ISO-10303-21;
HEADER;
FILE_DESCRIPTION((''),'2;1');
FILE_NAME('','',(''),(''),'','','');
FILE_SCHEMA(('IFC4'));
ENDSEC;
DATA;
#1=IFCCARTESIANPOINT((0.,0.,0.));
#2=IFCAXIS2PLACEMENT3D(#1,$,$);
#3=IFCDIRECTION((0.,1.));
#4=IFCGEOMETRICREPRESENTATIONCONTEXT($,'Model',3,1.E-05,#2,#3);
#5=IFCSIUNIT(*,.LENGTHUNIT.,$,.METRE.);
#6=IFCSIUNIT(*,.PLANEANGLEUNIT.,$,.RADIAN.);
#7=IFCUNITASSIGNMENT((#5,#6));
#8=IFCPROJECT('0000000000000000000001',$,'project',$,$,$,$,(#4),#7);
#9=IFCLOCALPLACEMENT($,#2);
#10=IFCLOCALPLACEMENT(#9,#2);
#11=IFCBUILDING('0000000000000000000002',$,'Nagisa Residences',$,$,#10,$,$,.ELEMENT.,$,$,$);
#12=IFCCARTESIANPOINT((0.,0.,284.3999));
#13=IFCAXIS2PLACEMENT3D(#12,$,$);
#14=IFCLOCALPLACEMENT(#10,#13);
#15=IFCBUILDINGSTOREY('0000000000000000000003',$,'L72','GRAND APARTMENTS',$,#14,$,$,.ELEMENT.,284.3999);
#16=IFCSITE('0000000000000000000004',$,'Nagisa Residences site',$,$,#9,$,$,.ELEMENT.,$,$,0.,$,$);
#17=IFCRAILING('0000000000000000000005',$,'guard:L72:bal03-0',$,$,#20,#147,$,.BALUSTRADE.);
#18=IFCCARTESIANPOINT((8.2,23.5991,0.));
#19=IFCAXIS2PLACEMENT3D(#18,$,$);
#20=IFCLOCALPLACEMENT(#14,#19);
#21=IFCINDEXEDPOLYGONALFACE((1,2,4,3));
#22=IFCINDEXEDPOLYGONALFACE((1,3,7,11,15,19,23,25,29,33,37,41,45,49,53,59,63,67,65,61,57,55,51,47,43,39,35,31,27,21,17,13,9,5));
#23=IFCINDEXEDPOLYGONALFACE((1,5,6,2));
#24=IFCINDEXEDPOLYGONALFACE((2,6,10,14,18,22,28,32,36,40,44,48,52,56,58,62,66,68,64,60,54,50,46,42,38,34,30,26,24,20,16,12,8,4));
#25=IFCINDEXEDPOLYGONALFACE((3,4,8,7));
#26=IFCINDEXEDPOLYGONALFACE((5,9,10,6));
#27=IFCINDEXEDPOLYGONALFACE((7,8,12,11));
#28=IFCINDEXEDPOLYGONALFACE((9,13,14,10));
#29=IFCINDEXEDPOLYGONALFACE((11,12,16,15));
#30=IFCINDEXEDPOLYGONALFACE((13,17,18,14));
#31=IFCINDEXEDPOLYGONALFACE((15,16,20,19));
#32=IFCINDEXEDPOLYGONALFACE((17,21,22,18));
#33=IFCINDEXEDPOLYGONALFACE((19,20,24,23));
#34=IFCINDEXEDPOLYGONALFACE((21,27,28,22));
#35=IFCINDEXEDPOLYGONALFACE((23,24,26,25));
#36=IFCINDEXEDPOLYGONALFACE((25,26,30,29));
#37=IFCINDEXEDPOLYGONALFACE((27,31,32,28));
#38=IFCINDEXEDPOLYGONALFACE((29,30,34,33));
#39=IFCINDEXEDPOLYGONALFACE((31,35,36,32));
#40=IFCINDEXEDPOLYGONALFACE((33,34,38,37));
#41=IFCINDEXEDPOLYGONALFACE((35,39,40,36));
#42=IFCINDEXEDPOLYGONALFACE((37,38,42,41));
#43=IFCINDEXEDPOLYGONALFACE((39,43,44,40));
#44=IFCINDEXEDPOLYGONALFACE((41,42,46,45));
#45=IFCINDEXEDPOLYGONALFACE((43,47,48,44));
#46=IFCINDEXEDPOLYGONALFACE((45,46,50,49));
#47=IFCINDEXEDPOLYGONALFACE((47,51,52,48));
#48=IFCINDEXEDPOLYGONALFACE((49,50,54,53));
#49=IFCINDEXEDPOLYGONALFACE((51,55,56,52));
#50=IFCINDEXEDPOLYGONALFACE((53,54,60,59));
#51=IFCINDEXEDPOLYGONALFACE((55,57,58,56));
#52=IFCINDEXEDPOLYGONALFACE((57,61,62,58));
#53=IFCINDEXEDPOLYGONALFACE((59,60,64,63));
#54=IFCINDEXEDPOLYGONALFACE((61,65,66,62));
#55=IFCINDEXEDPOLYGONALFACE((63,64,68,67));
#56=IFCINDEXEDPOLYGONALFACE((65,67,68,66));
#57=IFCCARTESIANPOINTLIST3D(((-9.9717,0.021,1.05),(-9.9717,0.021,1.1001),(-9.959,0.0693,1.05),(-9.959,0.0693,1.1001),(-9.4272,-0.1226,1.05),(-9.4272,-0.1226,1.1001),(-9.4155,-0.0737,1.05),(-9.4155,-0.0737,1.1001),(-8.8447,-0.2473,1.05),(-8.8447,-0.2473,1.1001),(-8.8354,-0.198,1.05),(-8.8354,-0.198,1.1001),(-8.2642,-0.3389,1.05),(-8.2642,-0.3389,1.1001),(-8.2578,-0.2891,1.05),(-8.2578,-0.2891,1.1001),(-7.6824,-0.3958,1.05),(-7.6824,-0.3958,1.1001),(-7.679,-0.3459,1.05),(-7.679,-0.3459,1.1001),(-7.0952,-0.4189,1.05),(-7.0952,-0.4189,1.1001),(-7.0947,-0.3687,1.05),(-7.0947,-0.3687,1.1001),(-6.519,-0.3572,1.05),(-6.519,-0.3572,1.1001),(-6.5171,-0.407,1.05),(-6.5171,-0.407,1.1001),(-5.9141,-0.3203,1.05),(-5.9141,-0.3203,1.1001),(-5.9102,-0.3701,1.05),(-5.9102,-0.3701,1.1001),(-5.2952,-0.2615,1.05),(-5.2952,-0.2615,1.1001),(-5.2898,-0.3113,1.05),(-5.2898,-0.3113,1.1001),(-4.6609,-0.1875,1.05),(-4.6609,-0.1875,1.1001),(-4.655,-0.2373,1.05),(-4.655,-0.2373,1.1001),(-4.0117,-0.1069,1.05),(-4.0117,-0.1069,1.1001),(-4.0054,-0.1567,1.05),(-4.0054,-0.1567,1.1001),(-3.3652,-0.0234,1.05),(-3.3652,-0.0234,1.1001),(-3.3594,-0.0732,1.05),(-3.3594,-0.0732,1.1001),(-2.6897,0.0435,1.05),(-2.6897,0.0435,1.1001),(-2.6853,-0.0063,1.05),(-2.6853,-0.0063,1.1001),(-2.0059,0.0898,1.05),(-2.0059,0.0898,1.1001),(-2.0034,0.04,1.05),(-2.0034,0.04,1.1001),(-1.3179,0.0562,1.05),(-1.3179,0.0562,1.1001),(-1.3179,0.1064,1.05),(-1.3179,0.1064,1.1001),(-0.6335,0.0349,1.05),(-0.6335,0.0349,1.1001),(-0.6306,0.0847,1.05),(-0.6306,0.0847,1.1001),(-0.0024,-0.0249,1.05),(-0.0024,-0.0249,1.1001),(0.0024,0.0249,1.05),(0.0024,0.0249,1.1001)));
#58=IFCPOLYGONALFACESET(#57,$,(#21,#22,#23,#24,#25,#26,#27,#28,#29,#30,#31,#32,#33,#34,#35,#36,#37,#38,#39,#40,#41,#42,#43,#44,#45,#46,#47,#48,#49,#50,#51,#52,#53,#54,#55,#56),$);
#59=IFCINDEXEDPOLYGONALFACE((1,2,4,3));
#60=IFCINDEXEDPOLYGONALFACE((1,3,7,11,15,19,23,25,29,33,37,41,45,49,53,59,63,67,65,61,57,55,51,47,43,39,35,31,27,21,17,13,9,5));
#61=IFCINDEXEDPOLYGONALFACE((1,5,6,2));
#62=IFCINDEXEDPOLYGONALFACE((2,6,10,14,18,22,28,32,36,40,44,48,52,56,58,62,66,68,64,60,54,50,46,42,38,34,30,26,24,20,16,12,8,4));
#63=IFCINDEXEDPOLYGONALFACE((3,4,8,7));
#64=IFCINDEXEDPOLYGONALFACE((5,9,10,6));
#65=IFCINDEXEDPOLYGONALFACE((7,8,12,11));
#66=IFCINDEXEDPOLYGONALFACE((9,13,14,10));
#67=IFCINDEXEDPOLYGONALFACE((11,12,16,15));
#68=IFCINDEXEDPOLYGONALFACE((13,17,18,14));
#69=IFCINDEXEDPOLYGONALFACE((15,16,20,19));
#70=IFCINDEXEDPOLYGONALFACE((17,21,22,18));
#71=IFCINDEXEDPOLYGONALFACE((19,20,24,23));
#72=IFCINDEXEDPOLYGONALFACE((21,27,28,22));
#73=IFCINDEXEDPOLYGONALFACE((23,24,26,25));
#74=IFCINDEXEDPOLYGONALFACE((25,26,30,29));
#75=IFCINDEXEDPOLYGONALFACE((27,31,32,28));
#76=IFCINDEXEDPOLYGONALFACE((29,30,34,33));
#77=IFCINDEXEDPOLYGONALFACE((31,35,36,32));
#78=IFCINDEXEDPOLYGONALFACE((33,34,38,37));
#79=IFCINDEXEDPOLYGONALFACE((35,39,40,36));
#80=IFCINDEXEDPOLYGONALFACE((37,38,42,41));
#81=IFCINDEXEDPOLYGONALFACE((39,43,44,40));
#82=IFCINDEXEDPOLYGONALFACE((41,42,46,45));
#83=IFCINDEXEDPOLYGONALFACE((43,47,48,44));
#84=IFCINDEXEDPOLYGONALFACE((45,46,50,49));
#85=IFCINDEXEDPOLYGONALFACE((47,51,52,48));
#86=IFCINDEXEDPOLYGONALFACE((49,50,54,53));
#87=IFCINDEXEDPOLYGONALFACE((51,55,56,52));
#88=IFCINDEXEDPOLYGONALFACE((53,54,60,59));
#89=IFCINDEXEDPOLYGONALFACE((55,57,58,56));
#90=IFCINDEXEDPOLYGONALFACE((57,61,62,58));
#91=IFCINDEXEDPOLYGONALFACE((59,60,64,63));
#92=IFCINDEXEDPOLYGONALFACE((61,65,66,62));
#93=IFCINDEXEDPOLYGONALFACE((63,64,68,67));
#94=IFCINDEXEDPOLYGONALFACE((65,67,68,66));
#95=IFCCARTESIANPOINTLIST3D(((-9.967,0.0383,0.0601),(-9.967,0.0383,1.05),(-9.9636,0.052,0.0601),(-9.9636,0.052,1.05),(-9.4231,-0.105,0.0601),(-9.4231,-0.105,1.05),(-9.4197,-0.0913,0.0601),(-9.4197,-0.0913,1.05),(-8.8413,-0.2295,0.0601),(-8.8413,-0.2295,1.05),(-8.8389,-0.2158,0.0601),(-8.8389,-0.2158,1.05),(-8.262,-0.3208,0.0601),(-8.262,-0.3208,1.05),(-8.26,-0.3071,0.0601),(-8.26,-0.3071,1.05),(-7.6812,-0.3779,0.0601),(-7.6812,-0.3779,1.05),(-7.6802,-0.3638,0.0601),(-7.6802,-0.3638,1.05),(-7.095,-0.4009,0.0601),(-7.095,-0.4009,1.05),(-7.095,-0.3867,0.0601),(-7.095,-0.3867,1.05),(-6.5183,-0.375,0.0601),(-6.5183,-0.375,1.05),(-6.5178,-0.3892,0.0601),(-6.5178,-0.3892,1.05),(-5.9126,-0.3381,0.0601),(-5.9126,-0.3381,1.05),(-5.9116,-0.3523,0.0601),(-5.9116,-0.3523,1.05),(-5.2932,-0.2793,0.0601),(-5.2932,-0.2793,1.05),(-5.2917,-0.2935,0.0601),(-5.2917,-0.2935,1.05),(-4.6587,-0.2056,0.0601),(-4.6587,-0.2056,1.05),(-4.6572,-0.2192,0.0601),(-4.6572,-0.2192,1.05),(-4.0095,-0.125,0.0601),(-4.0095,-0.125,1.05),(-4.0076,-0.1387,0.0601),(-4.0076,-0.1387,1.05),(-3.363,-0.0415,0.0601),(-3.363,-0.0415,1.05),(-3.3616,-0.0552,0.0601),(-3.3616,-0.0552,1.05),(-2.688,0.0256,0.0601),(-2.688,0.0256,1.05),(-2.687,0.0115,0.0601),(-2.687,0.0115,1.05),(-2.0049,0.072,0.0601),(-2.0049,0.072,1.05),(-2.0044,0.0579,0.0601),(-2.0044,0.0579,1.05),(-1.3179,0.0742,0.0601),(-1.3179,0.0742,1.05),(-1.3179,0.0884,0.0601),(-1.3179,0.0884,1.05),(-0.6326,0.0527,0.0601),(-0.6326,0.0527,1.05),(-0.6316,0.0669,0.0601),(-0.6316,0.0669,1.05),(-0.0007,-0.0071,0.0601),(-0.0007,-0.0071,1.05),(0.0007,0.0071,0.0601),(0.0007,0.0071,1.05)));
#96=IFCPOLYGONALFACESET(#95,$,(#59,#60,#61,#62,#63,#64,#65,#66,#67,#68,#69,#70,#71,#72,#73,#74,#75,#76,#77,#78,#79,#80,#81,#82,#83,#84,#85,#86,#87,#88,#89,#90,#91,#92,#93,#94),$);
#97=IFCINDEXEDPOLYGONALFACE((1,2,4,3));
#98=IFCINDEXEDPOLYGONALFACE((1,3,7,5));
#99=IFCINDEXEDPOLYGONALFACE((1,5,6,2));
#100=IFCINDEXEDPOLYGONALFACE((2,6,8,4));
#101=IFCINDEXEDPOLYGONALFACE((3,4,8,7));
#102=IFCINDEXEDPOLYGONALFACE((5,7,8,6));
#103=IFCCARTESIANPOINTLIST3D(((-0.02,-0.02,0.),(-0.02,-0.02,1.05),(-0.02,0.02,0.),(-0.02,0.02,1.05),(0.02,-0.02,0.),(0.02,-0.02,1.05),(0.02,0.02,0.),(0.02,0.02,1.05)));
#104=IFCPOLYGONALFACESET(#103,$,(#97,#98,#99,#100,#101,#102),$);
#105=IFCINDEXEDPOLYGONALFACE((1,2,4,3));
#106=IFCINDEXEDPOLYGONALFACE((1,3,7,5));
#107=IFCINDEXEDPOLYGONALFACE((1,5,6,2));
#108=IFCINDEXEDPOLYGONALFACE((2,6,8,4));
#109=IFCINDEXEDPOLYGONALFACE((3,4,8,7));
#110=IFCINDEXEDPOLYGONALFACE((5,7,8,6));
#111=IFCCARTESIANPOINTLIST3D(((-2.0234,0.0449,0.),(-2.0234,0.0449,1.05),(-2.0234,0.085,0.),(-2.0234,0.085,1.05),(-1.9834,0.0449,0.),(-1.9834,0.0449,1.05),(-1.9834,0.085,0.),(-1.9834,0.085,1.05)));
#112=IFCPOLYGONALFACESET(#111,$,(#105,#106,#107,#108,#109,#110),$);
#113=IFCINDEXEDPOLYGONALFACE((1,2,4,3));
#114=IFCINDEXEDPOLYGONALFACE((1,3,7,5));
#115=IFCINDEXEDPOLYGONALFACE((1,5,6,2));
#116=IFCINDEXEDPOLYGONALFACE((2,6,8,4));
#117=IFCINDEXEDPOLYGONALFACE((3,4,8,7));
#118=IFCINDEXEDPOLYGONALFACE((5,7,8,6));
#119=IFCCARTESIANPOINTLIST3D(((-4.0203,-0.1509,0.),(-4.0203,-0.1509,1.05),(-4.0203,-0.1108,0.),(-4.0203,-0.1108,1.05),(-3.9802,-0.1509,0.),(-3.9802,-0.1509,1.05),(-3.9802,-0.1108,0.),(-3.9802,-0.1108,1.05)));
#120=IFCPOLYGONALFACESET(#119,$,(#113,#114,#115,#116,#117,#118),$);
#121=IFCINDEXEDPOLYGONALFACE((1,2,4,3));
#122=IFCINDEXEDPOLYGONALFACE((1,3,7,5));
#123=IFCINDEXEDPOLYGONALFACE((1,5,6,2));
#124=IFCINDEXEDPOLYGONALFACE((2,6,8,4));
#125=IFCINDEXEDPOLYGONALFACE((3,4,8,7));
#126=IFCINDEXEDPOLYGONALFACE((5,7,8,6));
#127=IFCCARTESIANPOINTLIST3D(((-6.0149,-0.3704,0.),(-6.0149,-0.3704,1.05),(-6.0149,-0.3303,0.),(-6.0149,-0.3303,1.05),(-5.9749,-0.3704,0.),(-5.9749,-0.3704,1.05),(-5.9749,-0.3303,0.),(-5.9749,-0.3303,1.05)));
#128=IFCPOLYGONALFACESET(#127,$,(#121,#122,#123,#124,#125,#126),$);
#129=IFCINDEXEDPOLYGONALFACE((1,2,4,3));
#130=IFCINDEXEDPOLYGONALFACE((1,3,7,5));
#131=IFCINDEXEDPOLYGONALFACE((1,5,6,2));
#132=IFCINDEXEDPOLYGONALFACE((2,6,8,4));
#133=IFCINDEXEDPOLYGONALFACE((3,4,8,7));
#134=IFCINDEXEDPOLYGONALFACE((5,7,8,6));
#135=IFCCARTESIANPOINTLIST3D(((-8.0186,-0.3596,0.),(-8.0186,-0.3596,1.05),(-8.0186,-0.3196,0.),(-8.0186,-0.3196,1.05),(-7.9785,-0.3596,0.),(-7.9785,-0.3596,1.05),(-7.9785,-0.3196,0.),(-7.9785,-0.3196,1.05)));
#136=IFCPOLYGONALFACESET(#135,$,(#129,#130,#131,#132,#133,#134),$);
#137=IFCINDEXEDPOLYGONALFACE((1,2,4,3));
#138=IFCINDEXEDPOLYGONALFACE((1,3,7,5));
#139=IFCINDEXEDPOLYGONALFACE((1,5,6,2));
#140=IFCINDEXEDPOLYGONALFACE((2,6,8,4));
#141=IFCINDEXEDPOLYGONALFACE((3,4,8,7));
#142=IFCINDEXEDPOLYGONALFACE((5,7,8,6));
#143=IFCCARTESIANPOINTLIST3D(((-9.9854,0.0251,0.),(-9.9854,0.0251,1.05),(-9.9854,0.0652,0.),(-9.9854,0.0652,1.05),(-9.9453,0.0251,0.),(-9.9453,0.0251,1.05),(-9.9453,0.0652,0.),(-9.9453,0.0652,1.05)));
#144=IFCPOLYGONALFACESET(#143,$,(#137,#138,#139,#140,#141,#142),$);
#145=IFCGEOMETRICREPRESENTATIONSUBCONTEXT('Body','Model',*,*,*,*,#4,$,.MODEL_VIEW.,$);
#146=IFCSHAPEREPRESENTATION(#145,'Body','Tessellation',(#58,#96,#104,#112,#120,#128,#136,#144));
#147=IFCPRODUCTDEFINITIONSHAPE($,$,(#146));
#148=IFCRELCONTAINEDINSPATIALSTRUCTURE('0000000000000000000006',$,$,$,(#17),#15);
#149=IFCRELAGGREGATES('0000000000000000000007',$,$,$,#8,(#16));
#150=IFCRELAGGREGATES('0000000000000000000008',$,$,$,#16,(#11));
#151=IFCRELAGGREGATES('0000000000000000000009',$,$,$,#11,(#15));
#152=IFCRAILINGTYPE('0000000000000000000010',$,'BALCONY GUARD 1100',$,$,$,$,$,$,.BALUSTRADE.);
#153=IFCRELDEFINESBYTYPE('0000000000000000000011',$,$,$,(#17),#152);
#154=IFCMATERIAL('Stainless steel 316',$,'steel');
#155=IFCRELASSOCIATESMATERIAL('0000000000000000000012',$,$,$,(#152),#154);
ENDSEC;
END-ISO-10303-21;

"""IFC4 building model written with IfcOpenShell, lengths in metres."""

from ifc_helpers import new_model, si_unit, direction, frame, origin, origin_2d, place, context, subcontext, project, spatial, polyline, rectangle, outline, extrude, material, type_object, element, save


model = new_model("IFC4")

# Units and contexts
model_context = context("Model", 3, precision=1e-05, world=origin(), true_north=direction((0.0, 1.0)))
body_context = subcontext(model_context, "Body", "Model", "MODEL_VIEW")
ifc_project = project(units=[si_unit("LENGTHUNIT", "METRE"), si_unit("PLANEANGLEUNIT", "RADIAN")], contexts=[model_context])

# Site, building, storey
site_placement = place(None, origin())
site = spatial("IfcSite", under=ifc_project, at=site_placement, Name="Nagisa Residences site", CompositionType="ELEMENT", RefElevation=0.0)
building_placement = place(site_placement, origin())
building = spatial("IfcBuilding", under=site, at=building_placement, Name="Nagisa Residences", CompositionType="ELEMENT")
storey_placement = place(building_placement, frame((0.0, 0.0, 284.3999)))
storey = spatial("IfcBuildingStorey", under=building, at=storey_placement, Name="L72", Description="GRAND APARTMENTS", CompositionType="ELEMENT", Elevation=284.3999)

# Railing
ifc_material_1 = material(Name="Stainless steel 316", Category="steel")
railing_type_1 = type_object("IfcRailingType", Name="BALCONY GUARD 1100", PredefinedType="BALUSTRADE", material=ifc_material_1)
railing_1_placement = place(storey_placement, frame((8.2, 23.5991, 0.0)))
element("IfcRailing", 1, at=railing_1_placement, inside=storey, type_object=railing_type_1, Name="guard:L72:bal03-0", PredefinedType="BALUSTRADE", context=body_context, shape_type="SweptSolid", body=[
    extrude(outline(polyline([(-0.6335, 0.0349), (-0.0024, -0.0249), (0.0024, 0.0249), (-0.6306, 0.0847), (-1.3179, 0.1064), (-2.0059, 0.0898), (-2.6897, 0.0435), (-3.3652, -0.0234), (-4.0117, -0.1069), (-4.6609, -0.1875), (-5.2952, -0.2615), (-5.9141, -0.3203), (-6.519, -0.3572), (-7.0947, -0.3687), (-7.679, -0.3459), (-8.2578, -0.2891), (-8.8354, -0.198), (-9.4155, -0.0737), (-9.959, 0.0693), (-9.9717, 0.021), (-9.4272, -0.1226), (-8.8447, -0.2473), (-8.2642, -0.3389), (-7.6824, -0.3958), (-7.0952, -0.4189), (-6.5171, -0.407), (-5.9102, -0.3701), (-5.2898, -0.3113), (-4.655, -0.2373), (-4.0054, -0.1567), (-3.3594, -0.0732), (-2.6853, -0.0063), (-2.0034, 0.04), (-1.3179, 0.0562), (-0.6335, 0.0349)])), frame((0.0, 0.0, 1.05)), (0.0, 0.0, 1.0), 0.05),
    extrude(outline(polyline([(-0.6326, 0.0527), (-0.0007, -0.0071), (0.0007, 0.0071), (-0.6316, 0.0669), (-1.3179, 0.0884), (-2.0049, 0.072), (-2.688, 0.0256), (-3.363, -0.0415), (-4.0095, -0.125), (-4.6587, -0.2056), (-5.2932, -0.2793), (-5.9126, -0.3381), (-6.5183, -0.375), (-7.095, -0.3867), (-7.6802, -0.3638), (-8.26, -0.3071), (-8.8389, -0.2158), (-9.4197, -0.0913), (-9.9636, 0.052), (-9.967, 0.0383), (-9.4231, -0.105), (-8.8413, -0.2295), (-8.262, -0.3208), (-7.6812, -0.3779), (-7.095, -0.4009), (-6.5178, -0.3892), (-5.9116, -0.3523), (-5.2917, -0.2935), (-4.6572, -0.2192), (-4.0076, -0.1387), (-3.3616, -0.0552), (-2.687, 0.0115), (-2.0044, 0.0579), (-1.3179, 0.0742), (-0.6326, 0.0527)])), frame((0.0, 0.0, 0.0601)), (0.0, 0.0, 1.0), 0.99),
    extrude(rectangle(XDim=0.04, YDim=0.04, at=origin_2d()), origin(), (0.0, 0.0, 1.0), 1.05),
    extrude(rectangle(XDim=0.04, YDim=0.04, at=origin_2d()), frame((-2.0034, 0.0649, 0.0)), (0.0, 0.0, 1.0), 1.05),
    extrude(rectangle(XDim=0.04, YDim=0.04, at=origin_2d()), frame((-4.0002, -0.1309, 0.0)), (0.0, 0.0, 1.0), 1.05),
    extrude(rectangle(XDim=0.04, YDim=0.04, at=origin_2d()), frame((-5.9949, -0.3503, 0.0)), (0.0, 0.0, 1.0), 1.05),
    extrude(rectangle(XDim=0.04, YDim=0.04, at=origin_2d()), frame((-7.9985, -0.3396, 0.0)), (0.0, 0.0, 1.0), 1.05),
    extrude(rectangle(XDim=0.04, YDim=0.04, at=origin_2d()), frame((-9.9653, 0.0452, 0.0)), (0.0, 0.0, 1.0), 1.05),
])

save(model, "model.ifc")
